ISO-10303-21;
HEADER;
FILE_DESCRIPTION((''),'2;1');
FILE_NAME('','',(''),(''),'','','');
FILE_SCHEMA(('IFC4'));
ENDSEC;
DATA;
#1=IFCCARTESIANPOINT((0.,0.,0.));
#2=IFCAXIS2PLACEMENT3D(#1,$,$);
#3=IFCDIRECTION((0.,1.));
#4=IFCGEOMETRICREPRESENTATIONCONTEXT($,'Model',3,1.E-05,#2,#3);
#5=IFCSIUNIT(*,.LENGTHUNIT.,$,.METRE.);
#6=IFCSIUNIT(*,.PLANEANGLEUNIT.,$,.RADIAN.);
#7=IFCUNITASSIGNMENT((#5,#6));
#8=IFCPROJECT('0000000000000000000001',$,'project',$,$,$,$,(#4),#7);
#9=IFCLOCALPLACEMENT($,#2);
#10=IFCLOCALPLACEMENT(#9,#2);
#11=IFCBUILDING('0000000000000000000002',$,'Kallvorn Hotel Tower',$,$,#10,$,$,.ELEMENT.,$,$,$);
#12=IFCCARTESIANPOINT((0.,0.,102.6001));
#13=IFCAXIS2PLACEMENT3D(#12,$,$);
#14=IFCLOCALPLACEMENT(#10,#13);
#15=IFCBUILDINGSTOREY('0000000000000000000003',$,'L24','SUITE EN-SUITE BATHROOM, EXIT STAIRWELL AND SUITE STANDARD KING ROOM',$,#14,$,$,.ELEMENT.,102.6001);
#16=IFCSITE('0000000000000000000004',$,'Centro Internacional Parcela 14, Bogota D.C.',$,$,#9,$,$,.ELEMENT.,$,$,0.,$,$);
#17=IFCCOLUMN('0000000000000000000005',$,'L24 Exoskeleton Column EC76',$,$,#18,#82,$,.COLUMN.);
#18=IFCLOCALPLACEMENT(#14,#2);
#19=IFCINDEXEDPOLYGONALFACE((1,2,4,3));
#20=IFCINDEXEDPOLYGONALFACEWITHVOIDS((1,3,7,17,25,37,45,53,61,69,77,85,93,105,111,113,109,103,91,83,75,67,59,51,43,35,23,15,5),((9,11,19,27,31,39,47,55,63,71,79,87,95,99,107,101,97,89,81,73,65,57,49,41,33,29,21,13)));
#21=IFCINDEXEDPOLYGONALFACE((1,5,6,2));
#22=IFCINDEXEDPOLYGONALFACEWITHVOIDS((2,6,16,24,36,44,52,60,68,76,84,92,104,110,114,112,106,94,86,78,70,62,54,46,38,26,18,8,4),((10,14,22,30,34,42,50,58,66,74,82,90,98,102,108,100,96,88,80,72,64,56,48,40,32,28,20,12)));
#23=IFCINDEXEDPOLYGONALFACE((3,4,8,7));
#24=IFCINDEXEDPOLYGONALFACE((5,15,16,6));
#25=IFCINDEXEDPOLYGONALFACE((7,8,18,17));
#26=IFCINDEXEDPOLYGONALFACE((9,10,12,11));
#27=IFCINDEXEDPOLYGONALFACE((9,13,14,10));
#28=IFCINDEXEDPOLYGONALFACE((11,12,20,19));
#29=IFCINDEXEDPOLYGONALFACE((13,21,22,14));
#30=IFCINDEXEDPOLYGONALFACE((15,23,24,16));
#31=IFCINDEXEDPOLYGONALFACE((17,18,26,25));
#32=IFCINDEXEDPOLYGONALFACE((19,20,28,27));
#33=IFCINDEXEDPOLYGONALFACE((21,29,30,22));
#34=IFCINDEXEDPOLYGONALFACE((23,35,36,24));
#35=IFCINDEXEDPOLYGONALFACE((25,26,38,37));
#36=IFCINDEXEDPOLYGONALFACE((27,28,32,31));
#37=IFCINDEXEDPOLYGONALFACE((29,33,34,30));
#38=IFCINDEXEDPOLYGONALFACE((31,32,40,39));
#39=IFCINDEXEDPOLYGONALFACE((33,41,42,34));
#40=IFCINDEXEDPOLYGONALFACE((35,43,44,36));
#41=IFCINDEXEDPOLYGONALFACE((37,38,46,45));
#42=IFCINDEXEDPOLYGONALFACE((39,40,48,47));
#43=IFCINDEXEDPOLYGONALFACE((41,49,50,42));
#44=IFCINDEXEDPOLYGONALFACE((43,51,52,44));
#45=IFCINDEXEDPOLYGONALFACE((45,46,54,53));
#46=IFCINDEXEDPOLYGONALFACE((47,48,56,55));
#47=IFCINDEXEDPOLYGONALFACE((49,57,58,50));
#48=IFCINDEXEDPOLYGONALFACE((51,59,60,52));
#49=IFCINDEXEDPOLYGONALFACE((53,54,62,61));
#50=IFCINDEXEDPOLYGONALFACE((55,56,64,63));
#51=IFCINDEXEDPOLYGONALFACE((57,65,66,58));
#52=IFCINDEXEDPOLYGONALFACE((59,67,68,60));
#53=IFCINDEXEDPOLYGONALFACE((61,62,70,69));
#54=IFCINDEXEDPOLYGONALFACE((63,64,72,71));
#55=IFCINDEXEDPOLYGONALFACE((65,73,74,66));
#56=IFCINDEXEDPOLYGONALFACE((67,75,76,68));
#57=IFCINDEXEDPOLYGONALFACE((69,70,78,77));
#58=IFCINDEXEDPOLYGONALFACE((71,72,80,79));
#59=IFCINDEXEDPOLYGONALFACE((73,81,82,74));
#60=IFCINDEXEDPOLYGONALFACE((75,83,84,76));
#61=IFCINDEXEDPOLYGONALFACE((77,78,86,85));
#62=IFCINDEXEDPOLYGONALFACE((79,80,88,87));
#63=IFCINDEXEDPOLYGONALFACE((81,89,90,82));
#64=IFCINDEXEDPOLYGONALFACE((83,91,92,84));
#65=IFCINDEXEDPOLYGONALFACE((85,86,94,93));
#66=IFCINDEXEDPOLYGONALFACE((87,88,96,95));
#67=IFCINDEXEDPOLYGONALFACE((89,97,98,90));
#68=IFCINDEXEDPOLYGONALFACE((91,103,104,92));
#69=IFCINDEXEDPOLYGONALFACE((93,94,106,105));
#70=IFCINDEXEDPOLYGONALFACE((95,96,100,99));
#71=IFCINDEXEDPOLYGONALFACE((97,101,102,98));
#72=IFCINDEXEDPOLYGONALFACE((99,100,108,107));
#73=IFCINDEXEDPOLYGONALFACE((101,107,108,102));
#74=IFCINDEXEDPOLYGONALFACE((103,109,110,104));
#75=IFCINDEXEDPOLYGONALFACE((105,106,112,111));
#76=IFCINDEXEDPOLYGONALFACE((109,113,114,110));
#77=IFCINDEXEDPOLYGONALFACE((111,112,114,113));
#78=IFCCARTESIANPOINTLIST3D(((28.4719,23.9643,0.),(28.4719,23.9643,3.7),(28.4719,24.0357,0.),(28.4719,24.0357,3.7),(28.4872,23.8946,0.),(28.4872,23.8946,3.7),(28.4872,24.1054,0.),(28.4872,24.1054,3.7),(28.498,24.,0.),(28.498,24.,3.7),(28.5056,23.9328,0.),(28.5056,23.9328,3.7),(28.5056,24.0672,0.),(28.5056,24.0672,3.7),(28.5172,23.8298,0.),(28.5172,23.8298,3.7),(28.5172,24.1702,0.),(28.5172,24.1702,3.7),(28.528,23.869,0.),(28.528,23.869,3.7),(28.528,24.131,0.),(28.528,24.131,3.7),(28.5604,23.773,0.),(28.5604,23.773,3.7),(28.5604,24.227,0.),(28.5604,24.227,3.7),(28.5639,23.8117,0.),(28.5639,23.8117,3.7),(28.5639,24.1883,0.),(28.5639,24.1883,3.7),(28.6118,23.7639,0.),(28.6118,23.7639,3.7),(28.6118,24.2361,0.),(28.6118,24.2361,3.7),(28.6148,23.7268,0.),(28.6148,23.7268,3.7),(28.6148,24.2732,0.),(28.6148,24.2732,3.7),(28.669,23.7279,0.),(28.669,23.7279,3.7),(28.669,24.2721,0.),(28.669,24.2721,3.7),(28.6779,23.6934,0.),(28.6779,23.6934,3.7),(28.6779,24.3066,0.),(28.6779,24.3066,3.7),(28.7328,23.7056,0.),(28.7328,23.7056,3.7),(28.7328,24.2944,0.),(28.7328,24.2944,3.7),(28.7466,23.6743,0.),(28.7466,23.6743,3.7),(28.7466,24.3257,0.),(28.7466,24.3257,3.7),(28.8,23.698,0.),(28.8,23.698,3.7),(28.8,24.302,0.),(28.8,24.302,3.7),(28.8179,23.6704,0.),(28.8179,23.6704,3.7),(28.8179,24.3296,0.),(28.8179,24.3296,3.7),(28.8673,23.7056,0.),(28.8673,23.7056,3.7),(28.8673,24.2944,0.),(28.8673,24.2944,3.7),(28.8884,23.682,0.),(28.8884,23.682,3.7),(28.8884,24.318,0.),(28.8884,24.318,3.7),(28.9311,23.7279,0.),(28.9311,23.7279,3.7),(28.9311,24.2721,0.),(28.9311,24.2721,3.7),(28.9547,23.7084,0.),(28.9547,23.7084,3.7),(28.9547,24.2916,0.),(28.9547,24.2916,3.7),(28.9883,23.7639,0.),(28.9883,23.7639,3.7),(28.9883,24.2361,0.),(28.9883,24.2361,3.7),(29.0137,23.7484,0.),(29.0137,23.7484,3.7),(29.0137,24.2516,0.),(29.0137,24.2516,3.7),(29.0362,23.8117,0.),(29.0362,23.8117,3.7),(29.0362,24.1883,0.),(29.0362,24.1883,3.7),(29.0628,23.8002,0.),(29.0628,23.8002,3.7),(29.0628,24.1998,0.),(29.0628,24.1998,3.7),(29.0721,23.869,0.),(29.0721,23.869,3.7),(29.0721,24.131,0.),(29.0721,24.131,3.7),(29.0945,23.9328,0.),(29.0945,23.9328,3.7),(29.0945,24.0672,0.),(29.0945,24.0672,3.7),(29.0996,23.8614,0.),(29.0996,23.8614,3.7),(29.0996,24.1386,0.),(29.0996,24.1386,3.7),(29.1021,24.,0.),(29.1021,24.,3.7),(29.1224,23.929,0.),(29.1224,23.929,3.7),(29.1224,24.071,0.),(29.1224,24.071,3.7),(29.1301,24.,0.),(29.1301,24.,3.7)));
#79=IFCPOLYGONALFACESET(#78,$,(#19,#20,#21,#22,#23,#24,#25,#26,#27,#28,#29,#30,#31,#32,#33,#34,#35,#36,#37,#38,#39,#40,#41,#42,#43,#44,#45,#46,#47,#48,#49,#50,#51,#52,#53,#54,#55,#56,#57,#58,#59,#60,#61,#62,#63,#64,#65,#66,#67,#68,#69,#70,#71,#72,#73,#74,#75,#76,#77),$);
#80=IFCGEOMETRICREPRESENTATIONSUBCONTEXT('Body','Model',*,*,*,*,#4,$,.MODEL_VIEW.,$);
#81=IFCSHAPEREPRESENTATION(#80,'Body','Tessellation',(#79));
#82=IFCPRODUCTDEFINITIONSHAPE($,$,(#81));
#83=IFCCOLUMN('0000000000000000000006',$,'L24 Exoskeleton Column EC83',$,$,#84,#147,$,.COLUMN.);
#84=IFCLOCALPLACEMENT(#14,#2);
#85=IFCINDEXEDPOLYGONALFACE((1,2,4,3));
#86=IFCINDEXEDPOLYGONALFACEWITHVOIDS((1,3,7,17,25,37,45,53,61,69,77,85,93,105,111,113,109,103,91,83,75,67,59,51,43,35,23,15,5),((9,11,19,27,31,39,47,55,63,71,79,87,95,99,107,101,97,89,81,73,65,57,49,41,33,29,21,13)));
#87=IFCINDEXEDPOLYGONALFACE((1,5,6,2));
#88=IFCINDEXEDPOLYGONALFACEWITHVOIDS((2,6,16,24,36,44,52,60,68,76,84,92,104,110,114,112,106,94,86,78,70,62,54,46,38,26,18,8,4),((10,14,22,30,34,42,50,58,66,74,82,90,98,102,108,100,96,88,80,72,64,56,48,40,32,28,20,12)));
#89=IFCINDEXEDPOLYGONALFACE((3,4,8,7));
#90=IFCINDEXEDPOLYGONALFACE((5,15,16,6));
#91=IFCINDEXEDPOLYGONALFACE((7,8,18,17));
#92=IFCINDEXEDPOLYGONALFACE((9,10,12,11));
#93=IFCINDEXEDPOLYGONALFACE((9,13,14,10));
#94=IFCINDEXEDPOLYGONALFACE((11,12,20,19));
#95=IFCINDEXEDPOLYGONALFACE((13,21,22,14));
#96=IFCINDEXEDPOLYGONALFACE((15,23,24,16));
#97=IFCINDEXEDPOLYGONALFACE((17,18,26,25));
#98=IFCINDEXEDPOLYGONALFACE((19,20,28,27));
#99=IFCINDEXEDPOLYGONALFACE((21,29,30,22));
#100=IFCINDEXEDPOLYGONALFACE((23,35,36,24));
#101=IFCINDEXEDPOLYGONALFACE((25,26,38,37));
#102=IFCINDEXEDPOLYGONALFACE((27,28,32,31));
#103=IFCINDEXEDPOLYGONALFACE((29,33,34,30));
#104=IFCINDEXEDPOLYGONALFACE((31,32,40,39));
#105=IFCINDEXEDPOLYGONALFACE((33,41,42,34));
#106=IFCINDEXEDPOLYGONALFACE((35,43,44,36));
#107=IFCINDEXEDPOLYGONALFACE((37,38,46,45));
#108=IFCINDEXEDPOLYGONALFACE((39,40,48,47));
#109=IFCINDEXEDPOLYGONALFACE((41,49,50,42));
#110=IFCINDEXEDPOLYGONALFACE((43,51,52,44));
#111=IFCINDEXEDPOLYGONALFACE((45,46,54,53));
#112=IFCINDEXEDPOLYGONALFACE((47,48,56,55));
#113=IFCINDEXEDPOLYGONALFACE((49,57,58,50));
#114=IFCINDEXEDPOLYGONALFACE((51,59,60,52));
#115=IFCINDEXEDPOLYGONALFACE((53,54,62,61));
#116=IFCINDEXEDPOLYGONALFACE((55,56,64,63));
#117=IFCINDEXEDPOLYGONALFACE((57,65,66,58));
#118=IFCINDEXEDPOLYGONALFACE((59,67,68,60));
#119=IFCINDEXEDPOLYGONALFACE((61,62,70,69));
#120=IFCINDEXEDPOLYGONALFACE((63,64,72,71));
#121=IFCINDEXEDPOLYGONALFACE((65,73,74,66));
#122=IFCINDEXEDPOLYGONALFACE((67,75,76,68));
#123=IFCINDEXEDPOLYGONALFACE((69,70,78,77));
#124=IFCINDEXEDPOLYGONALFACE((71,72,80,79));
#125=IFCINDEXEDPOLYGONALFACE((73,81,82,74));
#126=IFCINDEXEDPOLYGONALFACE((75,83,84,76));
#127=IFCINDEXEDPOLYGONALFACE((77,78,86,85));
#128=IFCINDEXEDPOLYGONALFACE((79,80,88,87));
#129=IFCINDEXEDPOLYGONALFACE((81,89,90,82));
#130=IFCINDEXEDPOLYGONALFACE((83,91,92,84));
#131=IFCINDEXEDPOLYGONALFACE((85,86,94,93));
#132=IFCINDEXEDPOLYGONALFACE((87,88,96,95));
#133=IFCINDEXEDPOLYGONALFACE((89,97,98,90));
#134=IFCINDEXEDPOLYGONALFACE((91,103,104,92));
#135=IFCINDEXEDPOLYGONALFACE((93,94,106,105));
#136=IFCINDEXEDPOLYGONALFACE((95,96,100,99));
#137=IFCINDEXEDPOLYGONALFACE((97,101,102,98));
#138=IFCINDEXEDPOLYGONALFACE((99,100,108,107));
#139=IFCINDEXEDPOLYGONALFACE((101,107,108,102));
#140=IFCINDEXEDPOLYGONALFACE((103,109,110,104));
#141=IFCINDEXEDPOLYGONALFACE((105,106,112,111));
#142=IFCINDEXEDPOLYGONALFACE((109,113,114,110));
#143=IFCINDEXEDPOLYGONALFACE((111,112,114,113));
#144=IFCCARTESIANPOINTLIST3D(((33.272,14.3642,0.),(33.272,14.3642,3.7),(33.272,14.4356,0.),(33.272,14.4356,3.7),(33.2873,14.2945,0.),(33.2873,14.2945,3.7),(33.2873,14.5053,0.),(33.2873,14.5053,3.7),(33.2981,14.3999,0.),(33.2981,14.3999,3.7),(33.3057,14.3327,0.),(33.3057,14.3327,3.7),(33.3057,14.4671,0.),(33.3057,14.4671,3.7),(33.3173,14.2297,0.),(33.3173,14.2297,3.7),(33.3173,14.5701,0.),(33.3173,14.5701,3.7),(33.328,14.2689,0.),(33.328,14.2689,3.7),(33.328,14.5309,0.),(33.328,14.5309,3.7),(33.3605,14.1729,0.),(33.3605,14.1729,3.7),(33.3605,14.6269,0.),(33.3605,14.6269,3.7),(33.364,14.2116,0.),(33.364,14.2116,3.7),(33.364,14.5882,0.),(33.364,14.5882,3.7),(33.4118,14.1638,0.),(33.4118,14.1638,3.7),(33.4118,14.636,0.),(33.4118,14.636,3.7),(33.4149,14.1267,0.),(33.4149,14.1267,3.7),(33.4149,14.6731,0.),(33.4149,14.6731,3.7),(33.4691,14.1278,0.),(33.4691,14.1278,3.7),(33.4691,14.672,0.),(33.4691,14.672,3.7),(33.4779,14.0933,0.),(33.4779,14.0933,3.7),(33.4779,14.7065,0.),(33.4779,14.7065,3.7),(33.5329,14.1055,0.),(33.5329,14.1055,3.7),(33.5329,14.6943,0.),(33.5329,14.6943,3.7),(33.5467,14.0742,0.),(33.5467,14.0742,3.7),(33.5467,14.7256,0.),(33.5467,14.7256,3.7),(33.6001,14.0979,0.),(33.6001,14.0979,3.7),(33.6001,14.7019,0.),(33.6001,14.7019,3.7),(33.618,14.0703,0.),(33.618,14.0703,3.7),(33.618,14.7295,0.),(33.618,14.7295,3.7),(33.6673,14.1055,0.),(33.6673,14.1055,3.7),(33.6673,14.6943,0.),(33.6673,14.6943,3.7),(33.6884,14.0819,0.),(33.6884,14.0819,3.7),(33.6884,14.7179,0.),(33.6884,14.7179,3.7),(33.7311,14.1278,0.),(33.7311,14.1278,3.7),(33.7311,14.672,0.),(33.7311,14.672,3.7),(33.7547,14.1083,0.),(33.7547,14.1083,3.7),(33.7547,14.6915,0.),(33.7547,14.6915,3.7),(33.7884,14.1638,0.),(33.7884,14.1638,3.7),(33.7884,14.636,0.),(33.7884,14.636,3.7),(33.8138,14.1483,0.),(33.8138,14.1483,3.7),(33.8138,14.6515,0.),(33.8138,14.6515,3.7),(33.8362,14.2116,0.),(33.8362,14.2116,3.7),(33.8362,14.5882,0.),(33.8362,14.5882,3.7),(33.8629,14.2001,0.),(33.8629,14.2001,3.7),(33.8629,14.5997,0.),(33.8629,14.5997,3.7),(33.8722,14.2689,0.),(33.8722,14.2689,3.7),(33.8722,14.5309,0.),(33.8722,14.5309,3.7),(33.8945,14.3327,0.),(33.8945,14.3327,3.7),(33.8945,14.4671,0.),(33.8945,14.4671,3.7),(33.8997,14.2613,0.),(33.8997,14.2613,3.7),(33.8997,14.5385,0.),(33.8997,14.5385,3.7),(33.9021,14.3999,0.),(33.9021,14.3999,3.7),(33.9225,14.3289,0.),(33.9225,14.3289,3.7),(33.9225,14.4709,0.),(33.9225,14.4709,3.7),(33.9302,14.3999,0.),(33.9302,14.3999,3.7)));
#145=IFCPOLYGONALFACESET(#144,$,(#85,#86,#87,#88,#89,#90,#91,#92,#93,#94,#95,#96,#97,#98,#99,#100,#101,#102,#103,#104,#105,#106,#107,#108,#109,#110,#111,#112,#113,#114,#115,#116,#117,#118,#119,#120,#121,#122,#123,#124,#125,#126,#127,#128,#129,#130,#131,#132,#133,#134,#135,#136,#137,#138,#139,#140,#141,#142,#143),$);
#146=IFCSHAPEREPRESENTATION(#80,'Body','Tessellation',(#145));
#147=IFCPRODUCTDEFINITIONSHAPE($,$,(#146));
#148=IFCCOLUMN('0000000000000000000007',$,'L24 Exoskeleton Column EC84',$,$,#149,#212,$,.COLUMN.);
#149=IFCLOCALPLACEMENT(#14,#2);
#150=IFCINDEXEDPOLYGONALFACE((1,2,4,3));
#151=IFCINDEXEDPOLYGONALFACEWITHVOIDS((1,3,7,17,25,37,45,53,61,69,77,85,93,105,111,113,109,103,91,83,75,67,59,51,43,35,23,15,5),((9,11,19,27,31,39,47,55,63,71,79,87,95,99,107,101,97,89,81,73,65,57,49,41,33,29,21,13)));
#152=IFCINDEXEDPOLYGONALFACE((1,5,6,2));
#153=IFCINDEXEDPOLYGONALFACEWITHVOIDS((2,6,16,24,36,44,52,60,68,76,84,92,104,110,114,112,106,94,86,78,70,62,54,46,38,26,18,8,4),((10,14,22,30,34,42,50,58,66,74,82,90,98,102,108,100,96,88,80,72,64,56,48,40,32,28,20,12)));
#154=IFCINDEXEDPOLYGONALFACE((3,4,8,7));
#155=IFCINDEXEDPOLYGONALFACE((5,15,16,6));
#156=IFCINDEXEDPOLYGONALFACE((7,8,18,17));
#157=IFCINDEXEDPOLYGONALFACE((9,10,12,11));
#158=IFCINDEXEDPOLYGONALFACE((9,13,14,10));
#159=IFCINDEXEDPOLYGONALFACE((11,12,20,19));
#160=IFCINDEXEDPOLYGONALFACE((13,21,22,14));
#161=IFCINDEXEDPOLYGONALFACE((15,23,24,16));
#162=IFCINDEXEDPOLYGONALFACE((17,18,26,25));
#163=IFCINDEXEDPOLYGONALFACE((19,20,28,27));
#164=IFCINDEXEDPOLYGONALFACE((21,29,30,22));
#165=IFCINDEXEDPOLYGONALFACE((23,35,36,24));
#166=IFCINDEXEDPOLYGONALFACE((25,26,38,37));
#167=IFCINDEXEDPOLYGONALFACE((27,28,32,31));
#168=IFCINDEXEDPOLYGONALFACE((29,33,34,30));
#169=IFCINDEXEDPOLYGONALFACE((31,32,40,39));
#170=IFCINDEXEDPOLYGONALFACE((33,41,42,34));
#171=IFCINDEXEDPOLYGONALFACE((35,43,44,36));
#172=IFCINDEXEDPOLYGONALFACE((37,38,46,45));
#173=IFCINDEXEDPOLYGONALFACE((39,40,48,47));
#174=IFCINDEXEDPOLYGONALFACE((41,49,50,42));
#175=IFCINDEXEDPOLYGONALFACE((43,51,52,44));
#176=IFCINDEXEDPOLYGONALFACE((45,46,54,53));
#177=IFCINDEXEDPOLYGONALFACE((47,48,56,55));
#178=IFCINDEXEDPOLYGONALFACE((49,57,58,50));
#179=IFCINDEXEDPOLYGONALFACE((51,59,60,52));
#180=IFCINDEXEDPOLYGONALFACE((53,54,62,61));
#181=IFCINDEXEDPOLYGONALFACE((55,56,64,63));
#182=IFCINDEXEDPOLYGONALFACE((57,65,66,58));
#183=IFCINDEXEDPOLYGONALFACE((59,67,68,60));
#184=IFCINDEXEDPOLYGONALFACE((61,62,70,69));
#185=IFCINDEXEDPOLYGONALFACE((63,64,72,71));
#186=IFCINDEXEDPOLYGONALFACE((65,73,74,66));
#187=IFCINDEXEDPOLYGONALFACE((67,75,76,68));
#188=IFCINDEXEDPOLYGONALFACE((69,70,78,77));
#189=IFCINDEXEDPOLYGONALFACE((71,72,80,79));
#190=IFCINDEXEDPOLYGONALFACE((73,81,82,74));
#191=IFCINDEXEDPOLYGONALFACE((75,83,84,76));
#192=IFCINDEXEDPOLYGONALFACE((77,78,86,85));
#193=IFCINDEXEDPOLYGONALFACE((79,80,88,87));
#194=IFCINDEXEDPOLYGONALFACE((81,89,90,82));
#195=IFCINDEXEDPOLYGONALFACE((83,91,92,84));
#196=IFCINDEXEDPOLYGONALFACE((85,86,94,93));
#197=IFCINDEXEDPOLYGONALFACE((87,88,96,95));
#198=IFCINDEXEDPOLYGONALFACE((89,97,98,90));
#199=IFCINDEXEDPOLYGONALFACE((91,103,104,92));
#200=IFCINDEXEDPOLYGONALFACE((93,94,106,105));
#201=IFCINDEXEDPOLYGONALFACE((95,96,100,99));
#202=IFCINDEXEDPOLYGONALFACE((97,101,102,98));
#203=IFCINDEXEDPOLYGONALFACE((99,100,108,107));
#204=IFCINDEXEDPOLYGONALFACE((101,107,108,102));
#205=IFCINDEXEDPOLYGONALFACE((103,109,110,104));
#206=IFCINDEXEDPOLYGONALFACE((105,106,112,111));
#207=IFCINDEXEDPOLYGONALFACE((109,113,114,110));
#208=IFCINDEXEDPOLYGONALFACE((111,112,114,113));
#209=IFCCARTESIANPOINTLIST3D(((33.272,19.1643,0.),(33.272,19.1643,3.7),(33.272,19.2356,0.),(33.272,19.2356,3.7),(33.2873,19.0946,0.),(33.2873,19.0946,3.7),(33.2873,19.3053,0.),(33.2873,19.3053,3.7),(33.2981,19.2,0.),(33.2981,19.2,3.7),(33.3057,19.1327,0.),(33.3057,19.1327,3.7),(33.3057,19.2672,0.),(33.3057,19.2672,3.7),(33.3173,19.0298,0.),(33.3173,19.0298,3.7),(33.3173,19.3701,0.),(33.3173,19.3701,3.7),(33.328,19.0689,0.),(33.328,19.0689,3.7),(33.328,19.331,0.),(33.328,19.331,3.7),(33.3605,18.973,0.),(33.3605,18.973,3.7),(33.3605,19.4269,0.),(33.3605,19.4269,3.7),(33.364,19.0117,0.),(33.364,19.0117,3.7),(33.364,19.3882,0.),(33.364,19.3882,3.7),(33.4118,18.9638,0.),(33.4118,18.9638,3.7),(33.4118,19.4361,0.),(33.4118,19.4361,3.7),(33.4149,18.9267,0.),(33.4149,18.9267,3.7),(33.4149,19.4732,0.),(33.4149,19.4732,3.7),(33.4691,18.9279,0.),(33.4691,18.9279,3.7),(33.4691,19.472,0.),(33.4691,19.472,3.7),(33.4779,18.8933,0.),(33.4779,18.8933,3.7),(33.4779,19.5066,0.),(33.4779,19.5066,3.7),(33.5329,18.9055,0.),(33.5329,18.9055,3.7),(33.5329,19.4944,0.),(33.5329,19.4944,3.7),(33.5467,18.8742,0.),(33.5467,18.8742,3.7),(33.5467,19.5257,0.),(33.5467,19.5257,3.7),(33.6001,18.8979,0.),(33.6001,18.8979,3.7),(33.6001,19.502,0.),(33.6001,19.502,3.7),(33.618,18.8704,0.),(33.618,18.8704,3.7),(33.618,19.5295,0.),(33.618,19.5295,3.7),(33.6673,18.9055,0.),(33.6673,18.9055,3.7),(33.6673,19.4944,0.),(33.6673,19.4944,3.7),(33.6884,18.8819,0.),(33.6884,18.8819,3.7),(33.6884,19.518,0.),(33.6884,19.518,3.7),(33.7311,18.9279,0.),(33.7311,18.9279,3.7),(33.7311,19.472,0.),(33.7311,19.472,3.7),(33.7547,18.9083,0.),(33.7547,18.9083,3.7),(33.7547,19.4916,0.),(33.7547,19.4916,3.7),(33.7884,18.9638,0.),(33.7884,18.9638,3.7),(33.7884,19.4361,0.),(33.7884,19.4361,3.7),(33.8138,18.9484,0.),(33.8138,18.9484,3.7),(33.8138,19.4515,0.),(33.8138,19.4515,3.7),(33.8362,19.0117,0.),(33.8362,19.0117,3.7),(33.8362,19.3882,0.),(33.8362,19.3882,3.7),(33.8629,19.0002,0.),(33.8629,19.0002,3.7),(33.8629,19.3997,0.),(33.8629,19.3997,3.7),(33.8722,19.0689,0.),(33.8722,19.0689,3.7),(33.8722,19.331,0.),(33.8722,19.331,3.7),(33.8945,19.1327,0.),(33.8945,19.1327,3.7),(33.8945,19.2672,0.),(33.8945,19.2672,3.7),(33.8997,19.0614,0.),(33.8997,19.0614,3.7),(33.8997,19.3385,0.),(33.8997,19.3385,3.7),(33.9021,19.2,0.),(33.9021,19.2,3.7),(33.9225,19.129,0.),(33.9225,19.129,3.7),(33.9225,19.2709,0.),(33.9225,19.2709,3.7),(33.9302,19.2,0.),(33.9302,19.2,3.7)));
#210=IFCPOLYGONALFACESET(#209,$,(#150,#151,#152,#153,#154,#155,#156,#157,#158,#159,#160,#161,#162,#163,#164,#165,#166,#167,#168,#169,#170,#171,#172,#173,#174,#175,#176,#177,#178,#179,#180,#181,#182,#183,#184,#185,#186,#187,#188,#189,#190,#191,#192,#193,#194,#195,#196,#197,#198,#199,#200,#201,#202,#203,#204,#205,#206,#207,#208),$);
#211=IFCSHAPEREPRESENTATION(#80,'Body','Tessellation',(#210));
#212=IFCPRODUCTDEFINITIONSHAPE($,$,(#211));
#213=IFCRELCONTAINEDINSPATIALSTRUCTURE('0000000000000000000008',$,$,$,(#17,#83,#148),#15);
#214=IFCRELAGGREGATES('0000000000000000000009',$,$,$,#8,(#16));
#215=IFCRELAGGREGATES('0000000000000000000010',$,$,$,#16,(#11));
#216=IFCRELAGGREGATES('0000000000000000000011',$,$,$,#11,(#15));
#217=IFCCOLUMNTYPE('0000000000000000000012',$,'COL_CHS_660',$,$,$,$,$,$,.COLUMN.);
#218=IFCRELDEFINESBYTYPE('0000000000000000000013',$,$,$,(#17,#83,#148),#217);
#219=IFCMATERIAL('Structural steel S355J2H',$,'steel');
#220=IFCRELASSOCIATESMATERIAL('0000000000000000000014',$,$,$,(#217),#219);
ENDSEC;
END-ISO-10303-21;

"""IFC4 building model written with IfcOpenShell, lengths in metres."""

from ifc_helpers import new_model, si_unit, direction, frame, origin, origin_2d, place, context, subcontext, project, spatial, hollow_circle, extrude, material, material_profile, profile_set, type_object, element, save


model = new_model("IFC4")

# Units and contexts
model_context = context("Model", 3, precision=1e-05, world=origin(), true_north=direction((0.0, 1.0)))
body_context = subcontext(model_context, "Body", "Model", "MODEL_VIEW")
ifc_project = project(units=[si_unit("LENGTHUNIT", "METRE"), si_unit("PLANEANGLEUNIT", "RADIAN")], contexts=[model_context])

# Site, building, storey
site_placement = place(None, origin())
site = spatial("IfcSite", under=ifc_project, at=site_placement, Name="Centro Internacional Parcela 14, Bogota D.C.", CompositionType="ELEMENT", RefElevation=0.0)
building_placement = place(site_placement, origin())
building = spatial("IfcBuilding", under=site, at=building_placement, Name="Kallvorn Hotel Tower", CompositionType="ELEMENT")
storey_placement = place(building_placement, frame((0.0, 0.0, 102.6001)))
storey = spatial("IfcBuildingStorey", under=building, at=storey_placement, Name="L24", Description="SUITE EN-SUITE BATHROOM, EXIT STAIRWELL AND SUITE STANDARD KING ROOM", CompositionType="ELEMENT", Elevation=102.6001)

# Columns
ifc_material_1 = material(Name="Structural steel S355J2H", Category="steel")
ifc_material_profile_1 = material_profile(ifc_material_1, hollow_circle(Radius=0.3301, WallThickness=0.0281, at=origin_2d()), Name="CHS 660x28")
ifc_profile_set_1 = profile_set([ifc_material_profile_1], Name="Structural steel S355J2H")
column_type = type_object("IfcColumnType", Name="COL_CHS_660", PredefinedType="COLUMN", material=ifc_profile_set_1)
for number, where, z_axis, x_axis, name in (
    (1, (28.8, 24.0, 0.0), (0.0, 0.0, 1.0), (1.0, 0.0, 0.0), "L24 Exoskeleton Column EC76"),
    (2, (33.6001, 14.3999, 0.0), (0.0, 0.0, 1.0), (1.0, 0.0, 0.0), "L24 Exoskeleton Column EC83"),
    (3, (33.6001, 19.2, 0.0), (0.0, 0.0, 1.0), (1.0, 0.0, 0.0), "L24 Exoskeleton Column EC84"),
):
    element("IfcColumn", number, at=place(storey_placement, frame(where, z_axis=z_axis, x_axis=x_axis)), inside=storey, type_object=column_type, Name=name, PredefinedType="COLUMN", context=body_context, shape_type="SweptSolid", body=[
        extrude(hollow_circle(Radius=0.3301, WallThickness=0.0281, at=origin_2d()), origin(), (0.0, 0.0, 1.0), 3.7),
    ])

save(model, "model.ifc")
